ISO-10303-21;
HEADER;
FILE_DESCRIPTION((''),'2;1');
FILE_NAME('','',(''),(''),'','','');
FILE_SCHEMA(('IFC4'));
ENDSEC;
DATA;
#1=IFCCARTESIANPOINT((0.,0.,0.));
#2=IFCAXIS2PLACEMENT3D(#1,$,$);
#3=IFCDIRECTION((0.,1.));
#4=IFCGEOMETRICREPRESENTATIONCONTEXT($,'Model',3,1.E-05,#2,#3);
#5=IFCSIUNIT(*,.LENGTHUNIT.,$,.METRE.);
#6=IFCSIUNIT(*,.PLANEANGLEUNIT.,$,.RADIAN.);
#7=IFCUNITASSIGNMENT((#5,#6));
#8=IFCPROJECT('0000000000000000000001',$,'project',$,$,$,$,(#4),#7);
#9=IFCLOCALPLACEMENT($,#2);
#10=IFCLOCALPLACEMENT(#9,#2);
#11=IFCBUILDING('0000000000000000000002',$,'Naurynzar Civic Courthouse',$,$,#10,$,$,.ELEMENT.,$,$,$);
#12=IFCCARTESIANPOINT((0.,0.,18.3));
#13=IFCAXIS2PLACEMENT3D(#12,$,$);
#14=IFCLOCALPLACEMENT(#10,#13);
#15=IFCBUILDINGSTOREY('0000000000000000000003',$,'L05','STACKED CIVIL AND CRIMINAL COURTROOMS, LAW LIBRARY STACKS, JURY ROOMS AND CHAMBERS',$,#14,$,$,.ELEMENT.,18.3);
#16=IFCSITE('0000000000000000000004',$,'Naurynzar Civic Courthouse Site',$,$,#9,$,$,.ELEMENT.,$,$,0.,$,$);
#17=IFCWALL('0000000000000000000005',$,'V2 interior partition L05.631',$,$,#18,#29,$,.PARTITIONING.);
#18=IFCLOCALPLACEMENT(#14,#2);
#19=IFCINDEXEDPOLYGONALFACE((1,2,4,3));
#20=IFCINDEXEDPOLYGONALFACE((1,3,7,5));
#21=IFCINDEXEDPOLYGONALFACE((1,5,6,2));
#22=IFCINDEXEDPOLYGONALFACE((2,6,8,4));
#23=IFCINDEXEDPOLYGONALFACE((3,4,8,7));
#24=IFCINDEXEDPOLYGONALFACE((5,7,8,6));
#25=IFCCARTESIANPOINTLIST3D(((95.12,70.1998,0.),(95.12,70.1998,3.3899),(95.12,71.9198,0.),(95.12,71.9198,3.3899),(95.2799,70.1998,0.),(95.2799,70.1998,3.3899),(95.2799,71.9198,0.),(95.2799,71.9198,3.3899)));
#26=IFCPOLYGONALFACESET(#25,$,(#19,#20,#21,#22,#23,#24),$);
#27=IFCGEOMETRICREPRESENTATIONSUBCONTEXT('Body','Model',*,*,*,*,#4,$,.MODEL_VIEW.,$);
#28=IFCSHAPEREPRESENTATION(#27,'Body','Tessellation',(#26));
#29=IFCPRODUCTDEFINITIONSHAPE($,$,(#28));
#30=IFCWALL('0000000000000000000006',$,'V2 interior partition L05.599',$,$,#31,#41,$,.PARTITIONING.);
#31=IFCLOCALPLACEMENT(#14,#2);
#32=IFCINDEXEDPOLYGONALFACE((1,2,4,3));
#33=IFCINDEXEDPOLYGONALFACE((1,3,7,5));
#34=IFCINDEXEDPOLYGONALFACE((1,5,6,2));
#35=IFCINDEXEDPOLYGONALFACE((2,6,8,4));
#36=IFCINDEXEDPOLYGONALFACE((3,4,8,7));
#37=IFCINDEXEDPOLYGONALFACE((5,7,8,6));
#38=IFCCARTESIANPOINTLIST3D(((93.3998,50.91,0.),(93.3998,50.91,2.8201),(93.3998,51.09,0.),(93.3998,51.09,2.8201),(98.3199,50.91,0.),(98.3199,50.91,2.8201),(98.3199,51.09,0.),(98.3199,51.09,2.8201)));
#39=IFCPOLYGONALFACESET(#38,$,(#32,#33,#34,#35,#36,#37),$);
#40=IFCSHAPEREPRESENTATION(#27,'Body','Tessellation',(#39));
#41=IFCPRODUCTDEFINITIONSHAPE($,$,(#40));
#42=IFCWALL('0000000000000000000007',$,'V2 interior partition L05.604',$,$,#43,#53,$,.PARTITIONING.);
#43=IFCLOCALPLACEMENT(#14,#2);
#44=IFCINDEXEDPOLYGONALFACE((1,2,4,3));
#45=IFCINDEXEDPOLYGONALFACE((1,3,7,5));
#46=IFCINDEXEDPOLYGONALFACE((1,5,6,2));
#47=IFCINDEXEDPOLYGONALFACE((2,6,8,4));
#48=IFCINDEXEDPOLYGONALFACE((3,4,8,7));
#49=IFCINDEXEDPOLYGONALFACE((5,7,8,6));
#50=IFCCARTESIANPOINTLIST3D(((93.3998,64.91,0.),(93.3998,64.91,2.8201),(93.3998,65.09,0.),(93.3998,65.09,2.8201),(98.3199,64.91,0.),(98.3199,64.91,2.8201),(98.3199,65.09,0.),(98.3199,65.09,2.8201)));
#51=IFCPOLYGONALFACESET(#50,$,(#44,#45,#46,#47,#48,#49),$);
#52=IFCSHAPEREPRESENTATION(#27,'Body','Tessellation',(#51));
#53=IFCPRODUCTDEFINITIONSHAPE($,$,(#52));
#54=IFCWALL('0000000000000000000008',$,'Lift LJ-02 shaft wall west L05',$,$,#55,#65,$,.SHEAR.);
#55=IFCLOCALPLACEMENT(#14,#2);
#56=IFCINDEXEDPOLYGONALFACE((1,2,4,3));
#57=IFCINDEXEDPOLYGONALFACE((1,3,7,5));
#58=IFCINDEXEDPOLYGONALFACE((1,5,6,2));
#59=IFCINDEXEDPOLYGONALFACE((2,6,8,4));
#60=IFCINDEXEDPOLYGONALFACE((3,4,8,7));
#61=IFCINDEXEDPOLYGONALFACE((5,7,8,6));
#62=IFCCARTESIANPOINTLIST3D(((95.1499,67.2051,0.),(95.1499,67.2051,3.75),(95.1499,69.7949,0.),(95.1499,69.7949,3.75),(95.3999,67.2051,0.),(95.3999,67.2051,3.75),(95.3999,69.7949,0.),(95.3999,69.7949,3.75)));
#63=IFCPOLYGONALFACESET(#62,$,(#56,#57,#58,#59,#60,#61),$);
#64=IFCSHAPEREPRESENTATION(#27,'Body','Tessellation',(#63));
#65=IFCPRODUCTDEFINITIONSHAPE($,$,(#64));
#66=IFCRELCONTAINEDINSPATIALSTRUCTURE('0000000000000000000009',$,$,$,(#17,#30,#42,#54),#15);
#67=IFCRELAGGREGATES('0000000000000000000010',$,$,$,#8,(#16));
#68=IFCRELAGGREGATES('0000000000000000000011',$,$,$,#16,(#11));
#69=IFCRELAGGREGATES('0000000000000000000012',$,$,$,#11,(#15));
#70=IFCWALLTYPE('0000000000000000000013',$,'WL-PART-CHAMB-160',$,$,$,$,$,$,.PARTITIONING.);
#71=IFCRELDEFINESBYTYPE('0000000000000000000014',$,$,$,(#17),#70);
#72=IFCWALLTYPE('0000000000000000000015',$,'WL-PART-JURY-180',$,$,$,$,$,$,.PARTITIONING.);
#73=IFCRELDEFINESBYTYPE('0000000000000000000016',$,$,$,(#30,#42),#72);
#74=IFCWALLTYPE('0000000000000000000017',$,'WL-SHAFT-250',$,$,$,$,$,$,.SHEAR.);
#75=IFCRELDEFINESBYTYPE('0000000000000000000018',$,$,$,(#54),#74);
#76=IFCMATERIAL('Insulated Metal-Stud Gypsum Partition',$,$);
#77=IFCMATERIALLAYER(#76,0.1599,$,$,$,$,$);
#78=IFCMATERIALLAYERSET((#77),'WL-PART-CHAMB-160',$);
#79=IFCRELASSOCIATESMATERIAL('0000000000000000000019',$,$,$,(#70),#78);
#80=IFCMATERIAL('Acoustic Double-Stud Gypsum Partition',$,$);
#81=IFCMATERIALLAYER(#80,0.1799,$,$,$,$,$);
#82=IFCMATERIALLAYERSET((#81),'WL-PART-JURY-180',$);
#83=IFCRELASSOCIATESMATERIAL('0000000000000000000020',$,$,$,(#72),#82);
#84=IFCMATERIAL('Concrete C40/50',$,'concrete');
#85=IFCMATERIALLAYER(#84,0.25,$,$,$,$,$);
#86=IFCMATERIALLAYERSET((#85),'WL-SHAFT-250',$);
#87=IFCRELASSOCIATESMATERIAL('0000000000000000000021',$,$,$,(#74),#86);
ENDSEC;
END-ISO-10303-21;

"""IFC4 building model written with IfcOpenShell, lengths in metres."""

from ifc_helpers import new_model, si_unit, direction, frame, frame_2d, origin, place, context, subcontext, project, spatial, rectangle, extrude, material, layer, layer_set, type_object, element, save


model = new_model("IFC4")

# Units and contexts
model_context = context("Model", 3, precision=1e-05, world=origin(), true_north=direction((0.0, 1.0)))
body_context = subcontext(model_context, "Body", "Model", "MODEL_VIEW")
ifc_project = project(units=[si_unit("LENGTHUNIT", "METRE"), si_unit("PLANEANGLEUNIT", "RADIAN")], contexts=[model_context])

# Site, building, storey
site_placement = place(None, origin())
site = spatial("IfcSite", under=ifc_project, at=site_placement, Name="Naurynzar Civic Courthouse Site", CompositionType="ELEMENT", RefElevation=0.0)
building_placement = place(site_placement, origin())
building = spatial("IfcBuilding", under=site, at=building_placement, Name="Naurynzar Civic Courthouse", CompositionType="ELEMENT")
storey_placement = place(building_placement, frame((0.0, 0.0, 18.3)))
storey = spatial("IfcBuildingStorey", under=building, at=storey_placement, Name="L05", Description="STACKED CIVIL AND CRIMINAL COURTROOMS, LAW LIBRARY STACKS, JURY ROOMS AND CHAMBERS", CompositionType="ELEMENT", Elevation=18.3)

# Walls
ifc_material_1 = material(Name="Insulated Metal-Stud Gypsum Partition")
ifc_layer_1 = layer(ifc_material_1, 0.1599)
ifc_layer_set_1 = layer_set([ifc_layer_1], Name="WL-PART-CHAMB-160")
wall_type_1 = type_object("IfcWallType", Name="WL-PART-CHAMB-160", PredefinedType="PARTITIONING", material=ifc_layer_set_1)
wall_1_placement = place(storey_placement, frame((95.2, 70.2, 0.0), z_axis=(0.0, 0.0, 1.0), x_axis=(0.0, 1.0, 0.0)))
element("IfcWall", 1, at=wall_1_placement, inside=storey, type_object=wall_type_1, Name="V2 interior partition L05.631", PredefinedType="PARTITIONING", context=body_context, shape_type="SweptSolid", body=[
    extrude(rectangle(XDim=1.72, YDim=0.1599, at=frame_2d((0.8599, 0.0))), origin(), (0.0, 0.0, 1.0), 3.3899),
])
ifc_material_2 = material(Name="Acoustic Double-Stud Gypsum Partition")
ifc_layer_2 = layer(ifc_material_2, 0.1799)
ifc_layer_set_2 = layer_set([ifc_layer_2], Name="WL-PART-JURY-180")
wall_type_2 = type_object("IfcWallType", Name="WL-PART-JURY-180", PredefinedType="PARTITIONING", material=ifc_layer_set_2)
for number, where, z_axis, x_axis, name in (
    (2, (93.3999, 51.0, 0.0), (0.0, 0.0, 1.0), (1.0, 0.0, 0.0), "V2 interior partition L05.599"),
    (3, (93.3999, 65.0, 0.0), (0.0, 0.0, 1.0), (1.0, 0.0, 0.0), "V2 interior partition L05.604"),
):
    element("IfcWall", number, at=place(storey_placement, frame(where, z_axis=z_axis, x_axis=x_axis)), inside=storey, type_object=wall_type_2, Name=name, PredefinedType="PARTITIONING", context=body_context, shape_type="SweptSolid", body=[
        extrude(rectangle(XDim=4.9202, YDim=0.1799, at=frame_2d((2.46, 0.0))), origin(), (0.0, 0.0, 1.0), 2.8201),
    ])

# Shared definitions
ifc_material_3 = material(Name="Concrete C40/50", Category="concrete")
ifc_layer_3 = layer(ifc_material_3, 0.25)
ifc_layer_set_3 = layer_set([ifc_layer_3], Name="WL-SHAFT-250")
wall_type_3 = type_object("IfcWallType", Name="WL-SHAFT-250", PredefinedType="SHEAR", material=ifc_layer_set_3)

# Wall
wall_2_placement = place(storey_placement, frame((95.2749, 69.7949, 0.0), z_axis=(0.0, 0.0, 1.0), x_axis=(0.0, -1.0, 0.0)))
element("IfcWall", 4, at=wall_2_placement, inside=storey, type_object=wall_type_3, Name="Lift LJ-02 shaft wall west L05", PredefinedType="SHEAR", context=body_context, shape_type="SweptSolid", body=[
    extrude(rectangle(XDim=2.5898, YDim=0.25, at=frame_2d((1.2949, 0.0))), origin(), (0.0, 0.0, 1.0), 3.75),
])

save(model, "model.ifc")
